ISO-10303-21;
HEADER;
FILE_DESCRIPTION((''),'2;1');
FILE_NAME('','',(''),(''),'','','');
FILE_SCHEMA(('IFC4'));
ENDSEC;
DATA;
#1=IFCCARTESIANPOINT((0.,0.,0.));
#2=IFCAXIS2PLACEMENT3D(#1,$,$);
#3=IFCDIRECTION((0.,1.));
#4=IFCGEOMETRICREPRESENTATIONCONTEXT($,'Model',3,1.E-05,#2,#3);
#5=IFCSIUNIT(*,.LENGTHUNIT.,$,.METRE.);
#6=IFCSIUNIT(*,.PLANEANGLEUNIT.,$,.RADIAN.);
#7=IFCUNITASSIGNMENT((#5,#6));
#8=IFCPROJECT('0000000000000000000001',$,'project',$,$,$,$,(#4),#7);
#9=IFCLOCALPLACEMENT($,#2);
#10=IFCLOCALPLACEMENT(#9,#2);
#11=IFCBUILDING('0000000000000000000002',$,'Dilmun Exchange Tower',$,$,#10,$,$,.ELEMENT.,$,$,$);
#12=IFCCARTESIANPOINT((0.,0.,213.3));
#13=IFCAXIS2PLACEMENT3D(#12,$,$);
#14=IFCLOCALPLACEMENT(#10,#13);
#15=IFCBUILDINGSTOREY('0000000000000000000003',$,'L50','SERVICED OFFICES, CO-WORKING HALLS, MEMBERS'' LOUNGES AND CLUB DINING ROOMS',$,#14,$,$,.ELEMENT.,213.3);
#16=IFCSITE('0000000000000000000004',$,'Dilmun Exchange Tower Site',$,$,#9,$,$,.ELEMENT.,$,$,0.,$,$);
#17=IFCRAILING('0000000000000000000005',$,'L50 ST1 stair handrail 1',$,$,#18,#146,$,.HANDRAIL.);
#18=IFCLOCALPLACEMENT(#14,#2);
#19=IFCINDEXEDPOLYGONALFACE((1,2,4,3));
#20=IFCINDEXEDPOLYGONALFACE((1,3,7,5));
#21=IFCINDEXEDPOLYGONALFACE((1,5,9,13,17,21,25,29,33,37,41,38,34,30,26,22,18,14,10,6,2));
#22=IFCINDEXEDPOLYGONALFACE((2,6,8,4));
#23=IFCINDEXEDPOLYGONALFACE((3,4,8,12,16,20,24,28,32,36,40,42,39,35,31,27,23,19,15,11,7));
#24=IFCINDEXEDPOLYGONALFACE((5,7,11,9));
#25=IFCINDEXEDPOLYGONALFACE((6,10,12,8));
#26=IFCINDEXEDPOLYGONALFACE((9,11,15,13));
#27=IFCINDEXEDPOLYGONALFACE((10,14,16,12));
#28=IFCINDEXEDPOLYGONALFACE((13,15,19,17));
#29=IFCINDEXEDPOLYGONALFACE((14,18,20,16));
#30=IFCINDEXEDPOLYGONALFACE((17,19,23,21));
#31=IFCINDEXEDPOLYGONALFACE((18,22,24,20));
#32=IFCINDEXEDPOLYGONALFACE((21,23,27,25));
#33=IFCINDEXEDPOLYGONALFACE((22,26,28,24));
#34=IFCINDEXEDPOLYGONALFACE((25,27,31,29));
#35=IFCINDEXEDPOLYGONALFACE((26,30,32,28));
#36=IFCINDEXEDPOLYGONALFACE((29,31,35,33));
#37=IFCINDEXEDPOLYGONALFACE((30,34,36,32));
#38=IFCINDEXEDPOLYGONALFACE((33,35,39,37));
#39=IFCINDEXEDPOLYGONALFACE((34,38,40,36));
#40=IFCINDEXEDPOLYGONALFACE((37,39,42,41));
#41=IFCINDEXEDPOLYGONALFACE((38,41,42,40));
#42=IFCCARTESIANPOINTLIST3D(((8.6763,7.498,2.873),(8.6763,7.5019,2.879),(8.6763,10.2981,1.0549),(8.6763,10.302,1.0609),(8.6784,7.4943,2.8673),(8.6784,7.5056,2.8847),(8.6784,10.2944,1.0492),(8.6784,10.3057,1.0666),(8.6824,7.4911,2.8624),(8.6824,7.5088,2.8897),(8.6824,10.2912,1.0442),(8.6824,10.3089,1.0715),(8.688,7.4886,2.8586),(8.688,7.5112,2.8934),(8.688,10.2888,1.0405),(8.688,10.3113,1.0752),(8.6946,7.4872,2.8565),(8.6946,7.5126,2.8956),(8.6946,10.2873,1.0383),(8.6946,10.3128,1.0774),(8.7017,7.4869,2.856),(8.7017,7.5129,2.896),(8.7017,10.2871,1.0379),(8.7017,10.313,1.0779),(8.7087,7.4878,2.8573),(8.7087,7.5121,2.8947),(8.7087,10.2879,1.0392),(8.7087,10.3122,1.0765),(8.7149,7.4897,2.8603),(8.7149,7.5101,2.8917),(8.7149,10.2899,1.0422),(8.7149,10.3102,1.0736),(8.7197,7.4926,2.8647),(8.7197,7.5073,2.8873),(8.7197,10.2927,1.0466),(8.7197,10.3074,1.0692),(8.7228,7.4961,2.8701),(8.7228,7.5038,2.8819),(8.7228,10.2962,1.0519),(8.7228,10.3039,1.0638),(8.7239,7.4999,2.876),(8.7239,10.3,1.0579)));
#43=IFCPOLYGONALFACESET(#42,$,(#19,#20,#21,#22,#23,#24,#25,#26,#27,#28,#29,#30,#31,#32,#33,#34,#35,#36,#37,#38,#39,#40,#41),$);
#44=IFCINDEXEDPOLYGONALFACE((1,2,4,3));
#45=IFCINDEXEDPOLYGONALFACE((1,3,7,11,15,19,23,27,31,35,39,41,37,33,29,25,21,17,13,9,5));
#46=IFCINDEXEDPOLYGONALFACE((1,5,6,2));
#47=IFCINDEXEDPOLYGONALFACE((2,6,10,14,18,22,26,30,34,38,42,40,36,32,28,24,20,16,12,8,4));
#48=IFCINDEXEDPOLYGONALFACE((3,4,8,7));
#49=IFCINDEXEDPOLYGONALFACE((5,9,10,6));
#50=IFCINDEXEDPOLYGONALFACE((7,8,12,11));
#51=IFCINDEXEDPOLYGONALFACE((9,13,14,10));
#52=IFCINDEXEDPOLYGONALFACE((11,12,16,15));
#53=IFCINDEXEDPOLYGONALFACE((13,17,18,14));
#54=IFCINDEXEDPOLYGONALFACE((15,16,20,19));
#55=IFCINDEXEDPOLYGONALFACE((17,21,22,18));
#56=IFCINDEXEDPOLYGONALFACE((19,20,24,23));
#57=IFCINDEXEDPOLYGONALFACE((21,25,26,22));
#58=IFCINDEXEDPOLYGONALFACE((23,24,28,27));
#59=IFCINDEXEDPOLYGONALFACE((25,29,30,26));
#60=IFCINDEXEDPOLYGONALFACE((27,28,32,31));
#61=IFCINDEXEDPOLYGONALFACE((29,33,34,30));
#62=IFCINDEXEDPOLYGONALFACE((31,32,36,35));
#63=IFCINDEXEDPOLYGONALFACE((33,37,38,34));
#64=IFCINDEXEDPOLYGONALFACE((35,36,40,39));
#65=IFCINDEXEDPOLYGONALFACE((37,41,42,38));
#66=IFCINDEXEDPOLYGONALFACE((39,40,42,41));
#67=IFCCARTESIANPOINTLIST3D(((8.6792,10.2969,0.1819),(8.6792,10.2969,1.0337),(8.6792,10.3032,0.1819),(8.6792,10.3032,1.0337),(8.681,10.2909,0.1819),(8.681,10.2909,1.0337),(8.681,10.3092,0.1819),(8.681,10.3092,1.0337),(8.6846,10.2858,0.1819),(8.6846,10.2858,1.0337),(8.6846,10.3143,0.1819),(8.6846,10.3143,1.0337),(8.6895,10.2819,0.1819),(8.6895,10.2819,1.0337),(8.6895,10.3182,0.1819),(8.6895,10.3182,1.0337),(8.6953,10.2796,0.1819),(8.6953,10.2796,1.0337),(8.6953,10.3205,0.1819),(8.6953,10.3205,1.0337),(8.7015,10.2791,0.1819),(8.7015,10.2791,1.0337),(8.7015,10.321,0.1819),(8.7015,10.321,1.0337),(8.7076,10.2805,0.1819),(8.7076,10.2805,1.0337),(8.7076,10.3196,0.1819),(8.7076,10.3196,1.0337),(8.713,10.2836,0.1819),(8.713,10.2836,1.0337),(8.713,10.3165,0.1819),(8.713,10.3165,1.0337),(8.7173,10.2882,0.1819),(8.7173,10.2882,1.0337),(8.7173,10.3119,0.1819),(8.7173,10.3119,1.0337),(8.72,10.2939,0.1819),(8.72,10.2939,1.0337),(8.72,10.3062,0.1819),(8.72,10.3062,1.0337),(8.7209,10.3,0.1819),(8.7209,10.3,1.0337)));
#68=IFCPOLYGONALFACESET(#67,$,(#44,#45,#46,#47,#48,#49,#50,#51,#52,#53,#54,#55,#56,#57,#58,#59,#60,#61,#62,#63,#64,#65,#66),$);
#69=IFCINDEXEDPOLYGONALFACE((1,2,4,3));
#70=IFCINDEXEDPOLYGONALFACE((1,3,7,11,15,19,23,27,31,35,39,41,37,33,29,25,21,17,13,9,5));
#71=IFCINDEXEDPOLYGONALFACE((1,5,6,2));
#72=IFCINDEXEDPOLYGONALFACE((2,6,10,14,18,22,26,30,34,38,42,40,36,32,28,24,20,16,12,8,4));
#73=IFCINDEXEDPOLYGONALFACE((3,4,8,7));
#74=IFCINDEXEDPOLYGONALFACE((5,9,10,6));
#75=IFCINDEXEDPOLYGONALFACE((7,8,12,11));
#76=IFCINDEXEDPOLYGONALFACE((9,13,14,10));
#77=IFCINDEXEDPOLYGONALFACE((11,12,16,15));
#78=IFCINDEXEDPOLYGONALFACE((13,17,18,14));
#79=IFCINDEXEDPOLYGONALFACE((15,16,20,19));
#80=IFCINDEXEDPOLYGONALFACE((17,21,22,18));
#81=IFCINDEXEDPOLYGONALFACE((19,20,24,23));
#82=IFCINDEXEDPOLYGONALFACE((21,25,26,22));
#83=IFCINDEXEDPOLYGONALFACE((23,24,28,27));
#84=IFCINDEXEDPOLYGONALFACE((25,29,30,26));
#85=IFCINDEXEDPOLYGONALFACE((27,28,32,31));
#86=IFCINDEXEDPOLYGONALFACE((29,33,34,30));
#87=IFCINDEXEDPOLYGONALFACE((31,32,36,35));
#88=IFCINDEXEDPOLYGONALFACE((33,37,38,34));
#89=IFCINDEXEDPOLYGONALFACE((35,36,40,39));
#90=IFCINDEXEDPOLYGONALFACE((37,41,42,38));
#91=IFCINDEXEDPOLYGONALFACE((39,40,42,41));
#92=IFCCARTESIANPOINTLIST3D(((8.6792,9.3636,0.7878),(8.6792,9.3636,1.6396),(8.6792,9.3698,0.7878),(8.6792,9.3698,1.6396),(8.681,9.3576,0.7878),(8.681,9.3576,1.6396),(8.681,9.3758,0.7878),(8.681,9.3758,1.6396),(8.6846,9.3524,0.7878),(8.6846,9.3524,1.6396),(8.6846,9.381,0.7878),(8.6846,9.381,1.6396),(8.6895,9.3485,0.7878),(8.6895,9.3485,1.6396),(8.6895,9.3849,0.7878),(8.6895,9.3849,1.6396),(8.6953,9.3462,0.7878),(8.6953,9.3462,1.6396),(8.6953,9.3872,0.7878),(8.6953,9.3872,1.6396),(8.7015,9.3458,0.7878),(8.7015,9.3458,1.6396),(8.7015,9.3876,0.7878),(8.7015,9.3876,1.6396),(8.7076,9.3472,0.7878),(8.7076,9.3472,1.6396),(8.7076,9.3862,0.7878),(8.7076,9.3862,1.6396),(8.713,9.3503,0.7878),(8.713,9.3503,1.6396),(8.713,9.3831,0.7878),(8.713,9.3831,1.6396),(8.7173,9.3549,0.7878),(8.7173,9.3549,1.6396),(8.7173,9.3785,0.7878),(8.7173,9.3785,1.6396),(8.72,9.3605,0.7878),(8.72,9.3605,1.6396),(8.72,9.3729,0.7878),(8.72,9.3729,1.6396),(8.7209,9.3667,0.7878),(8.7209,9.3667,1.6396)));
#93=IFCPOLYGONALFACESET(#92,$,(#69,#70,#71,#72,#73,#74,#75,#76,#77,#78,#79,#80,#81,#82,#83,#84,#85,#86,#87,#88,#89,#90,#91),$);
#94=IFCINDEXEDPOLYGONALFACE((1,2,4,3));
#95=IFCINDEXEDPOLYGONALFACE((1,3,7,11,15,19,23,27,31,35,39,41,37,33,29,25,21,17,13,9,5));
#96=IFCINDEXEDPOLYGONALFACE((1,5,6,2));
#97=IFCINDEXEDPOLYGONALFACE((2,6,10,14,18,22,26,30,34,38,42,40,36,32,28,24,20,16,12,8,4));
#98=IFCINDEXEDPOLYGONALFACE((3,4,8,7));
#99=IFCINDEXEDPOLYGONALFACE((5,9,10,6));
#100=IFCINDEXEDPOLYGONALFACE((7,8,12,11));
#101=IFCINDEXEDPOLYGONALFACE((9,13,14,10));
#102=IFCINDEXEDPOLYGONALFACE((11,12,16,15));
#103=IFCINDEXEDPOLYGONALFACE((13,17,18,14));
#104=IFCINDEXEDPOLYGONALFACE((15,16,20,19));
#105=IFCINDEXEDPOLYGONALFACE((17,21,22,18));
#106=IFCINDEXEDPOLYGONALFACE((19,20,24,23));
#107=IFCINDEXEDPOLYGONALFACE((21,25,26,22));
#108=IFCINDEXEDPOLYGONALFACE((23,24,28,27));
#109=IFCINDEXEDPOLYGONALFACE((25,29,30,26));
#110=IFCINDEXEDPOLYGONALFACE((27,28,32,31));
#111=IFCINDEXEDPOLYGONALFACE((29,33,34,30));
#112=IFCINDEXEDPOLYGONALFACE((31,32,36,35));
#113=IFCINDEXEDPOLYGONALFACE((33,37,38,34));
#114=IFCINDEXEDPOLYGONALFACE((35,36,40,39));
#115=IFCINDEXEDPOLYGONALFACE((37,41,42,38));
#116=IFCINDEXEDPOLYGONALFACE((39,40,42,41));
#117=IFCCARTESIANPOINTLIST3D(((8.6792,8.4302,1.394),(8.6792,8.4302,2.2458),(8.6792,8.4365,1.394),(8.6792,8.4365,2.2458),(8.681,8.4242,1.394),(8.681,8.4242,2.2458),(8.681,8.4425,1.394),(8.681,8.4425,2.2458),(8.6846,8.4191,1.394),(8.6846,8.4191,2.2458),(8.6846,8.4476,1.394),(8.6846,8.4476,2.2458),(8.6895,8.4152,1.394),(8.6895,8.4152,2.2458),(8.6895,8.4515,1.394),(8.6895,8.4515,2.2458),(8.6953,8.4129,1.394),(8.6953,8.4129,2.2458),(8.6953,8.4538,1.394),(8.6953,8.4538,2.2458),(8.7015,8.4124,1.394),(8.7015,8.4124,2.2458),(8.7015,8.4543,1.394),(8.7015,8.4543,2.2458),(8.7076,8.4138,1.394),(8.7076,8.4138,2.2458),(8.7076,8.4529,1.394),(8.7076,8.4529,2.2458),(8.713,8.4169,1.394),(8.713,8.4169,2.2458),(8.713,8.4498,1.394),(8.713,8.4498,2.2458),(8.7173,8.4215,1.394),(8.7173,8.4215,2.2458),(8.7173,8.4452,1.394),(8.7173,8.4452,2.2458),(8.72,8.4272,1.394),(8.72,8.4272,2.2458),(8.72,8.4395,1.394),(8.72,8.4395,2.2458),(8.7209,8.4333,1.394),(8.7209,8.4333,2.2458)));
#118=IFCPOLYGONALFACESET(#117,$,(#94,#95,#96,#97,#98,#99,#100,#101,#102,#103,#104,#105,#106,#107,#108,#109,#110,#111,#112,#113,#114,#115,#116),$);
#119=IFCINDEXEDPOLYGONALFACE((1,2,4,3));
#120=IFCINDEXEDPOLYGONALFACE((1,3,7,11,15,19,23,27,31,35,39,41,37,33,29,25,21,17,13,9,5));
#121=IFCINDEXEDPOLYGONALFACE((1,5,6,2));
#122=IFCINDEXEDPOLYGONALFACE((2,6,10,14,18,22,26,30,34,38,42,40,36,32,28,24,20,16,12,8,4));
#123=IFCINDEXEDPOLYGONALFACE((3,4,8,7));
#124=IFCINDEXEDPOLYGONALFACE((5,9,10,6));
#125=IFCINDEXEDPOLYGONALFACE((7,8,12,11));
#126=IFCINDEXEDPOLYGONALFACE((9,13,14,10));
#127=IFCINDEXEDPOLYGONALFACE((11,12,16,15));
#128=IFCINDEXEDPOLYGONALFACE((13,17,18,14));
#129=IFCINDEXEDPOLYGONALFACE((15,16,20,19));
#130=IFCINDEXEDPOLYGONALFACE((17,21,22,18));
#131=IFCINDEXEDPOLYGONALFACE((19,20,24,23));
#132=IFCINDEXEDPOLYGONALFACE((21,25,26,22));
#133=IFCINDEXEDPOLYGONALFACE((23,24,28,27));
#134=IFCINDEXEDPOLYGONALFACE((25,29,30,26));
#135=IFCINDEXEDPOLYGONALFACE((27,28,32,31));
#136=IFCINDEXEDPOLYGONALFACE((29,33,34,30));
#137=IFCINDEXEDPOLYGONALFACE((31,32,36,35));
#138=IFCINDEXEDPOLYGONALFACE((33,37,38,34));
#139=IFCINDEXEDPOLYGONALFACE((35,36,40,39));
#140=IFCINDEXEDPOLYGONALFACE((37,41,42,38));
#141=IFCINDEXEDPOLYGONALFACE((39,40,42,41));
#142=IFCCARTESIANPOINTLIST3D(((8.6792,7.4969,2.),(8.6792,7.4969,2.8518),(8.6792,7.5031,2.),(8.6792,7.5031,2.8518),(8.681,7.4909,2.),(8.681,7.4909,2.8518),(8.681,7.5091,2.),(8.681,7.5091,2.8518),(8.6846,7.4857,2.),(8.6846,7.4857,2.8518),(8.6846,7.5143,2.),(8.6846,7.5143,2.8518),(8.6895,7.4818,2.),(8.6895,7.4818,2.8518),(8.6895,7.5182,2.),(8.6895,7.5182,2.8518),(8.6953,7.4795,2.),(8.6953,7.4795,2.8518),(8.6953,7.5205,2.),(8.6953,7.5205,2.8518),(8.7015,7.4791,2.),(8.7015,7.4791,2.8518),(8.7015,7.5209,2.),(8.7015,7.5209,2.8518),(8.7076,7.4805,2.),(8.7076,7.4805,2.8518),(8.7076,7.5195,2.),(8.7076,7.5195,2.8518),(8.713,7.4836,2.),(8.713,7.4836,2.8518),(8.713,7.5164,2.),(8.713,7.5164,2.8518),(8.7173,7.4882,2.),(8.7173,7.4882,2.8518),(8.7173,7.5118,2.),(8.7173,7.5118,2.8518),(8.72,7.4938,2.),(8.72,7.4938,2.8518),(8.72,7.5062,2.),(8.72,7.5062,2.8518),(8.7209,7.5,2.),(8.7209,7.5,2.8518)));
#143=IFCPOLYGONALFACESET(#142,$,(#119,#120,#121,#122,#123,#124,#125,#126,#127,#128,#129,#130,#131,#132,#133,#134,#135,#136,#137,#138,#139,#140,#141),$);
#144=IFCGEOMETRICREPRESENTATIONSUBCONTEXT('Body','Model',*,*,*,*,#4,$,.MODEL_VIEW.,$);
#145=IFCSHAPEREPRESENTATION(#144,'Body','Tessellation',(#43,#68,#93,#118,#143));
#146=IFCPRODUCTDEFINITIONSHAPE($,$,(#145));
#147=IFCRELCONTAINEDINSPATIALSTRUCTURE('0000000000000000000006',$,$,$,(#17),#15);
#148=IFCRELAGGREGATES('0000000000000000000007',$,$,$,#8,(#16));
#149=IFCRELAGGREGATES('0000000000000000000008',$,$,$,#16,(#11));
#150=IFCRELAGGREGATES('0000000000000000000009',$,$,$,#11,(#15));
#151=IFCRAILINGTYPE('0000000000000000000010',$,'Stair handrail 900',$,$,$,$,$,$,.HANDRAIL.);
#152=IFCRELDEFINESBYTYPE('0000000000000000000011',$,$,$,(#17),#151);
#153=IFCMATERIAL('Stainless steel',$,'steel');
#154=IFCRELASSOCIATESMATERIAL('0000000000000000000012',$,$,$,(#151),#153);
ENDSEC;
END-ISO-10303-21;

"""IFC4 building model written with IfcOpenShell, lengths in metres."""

from ifc_helpers import new_model, si_unit, direction, frame, origin, origin_2d, place, context, subcontext, project, spatial, circle, extrude, material, type_object, element, save


model = new_model("IFC4")

# Units and contexts
model_context = context("Model", 3, precision=1e-05, world=origin(), true_north=direction((0.0, 1.0)))
body_context = subcontext(model_context, "Body", "Model", "MODEL_VIEW")
ifc_project = project(units=[si_unit("LENGTHUNIT", "METRE"), si_unit("PLANEANGLEUNIT", "RADIAN")], contexts=[model_context])

# Site, building, storey
site_placement = place(None, origin())
site = spatial("IfcSite", under=ifc_project, at=site_placement, Name="Dilmun Exchange Tower Site", CompositionType="ELEMENT", RefElevation=0.0)
building_placement = place(site_placement, origin())
building = spatial("IfcBuilding", under=site, at=building_placement, Name="Dilmun Exchange Tower", CompositionType="ELEMENT")
storey_placement = place(building_placement, frame((0.0, 0.0, 213.3)))
storey = spatial("IfcBuildingStorey", under=building, at=storey_placement, Name="L50", Description="SERVICED OFFICES, CO-WORKING HALLS, MEMBERS' LOUNGES AND CLUB DINING ROOMS", CompositionType="ELEMENT", Elevation=213.3)

# Railing
ifc_material_1 = material(Name="Stainless steel", Category="steel")
railing_type = type_object("IfcRailingType", Name="Stair handrail 900", PredefinedType="HANDRAIL", material=ifc_material_1)
railing_1_placement = place(storey_placement, frame((8.7, 10.3, 0.1819)))
element("IfcRailing", 1, at=railing_1_placement, inside=storey, type_object=railing_type, Name="L50 ST1 stair handrail 1", PredefinedType="HANDRAIL", context=body_context, shape_type="SweptSolid", body=[
    extrude(circle(Radius=0.0239, at=origin_2d()), frame((0.0, 0.0, 0.876), z_axis=(0.0, -0.838706, 0.544585), x_axis=(1.0, 0.0, 0.0)), (0.0, 0.0, 1.0), 3.3386),
    extrude(circle(Radius=0.021, at=origin_2d()), origin(), (0.0, 0.0, 1.0), 0.8518),
    extrude(circle(Radius=0.021, at=origin_2d()), frame((0.0, -0.9333, 0.606)), (0.0, 0.0, 1.0), 0.8518),
    extrude(circle(Radius=0.021, at=origin_2d()), frame((0.0, -1.8667, 1.2122)), (0.0, 0.0, 1.0), 0.8518),
    extrude(circle(Radius=0.021, at=origin_2d()), frame((0.0, -2.8, 1.8181)), (0.0, 0.0, 1.0), 0.8518),
])

save(model, "model.ifc")
